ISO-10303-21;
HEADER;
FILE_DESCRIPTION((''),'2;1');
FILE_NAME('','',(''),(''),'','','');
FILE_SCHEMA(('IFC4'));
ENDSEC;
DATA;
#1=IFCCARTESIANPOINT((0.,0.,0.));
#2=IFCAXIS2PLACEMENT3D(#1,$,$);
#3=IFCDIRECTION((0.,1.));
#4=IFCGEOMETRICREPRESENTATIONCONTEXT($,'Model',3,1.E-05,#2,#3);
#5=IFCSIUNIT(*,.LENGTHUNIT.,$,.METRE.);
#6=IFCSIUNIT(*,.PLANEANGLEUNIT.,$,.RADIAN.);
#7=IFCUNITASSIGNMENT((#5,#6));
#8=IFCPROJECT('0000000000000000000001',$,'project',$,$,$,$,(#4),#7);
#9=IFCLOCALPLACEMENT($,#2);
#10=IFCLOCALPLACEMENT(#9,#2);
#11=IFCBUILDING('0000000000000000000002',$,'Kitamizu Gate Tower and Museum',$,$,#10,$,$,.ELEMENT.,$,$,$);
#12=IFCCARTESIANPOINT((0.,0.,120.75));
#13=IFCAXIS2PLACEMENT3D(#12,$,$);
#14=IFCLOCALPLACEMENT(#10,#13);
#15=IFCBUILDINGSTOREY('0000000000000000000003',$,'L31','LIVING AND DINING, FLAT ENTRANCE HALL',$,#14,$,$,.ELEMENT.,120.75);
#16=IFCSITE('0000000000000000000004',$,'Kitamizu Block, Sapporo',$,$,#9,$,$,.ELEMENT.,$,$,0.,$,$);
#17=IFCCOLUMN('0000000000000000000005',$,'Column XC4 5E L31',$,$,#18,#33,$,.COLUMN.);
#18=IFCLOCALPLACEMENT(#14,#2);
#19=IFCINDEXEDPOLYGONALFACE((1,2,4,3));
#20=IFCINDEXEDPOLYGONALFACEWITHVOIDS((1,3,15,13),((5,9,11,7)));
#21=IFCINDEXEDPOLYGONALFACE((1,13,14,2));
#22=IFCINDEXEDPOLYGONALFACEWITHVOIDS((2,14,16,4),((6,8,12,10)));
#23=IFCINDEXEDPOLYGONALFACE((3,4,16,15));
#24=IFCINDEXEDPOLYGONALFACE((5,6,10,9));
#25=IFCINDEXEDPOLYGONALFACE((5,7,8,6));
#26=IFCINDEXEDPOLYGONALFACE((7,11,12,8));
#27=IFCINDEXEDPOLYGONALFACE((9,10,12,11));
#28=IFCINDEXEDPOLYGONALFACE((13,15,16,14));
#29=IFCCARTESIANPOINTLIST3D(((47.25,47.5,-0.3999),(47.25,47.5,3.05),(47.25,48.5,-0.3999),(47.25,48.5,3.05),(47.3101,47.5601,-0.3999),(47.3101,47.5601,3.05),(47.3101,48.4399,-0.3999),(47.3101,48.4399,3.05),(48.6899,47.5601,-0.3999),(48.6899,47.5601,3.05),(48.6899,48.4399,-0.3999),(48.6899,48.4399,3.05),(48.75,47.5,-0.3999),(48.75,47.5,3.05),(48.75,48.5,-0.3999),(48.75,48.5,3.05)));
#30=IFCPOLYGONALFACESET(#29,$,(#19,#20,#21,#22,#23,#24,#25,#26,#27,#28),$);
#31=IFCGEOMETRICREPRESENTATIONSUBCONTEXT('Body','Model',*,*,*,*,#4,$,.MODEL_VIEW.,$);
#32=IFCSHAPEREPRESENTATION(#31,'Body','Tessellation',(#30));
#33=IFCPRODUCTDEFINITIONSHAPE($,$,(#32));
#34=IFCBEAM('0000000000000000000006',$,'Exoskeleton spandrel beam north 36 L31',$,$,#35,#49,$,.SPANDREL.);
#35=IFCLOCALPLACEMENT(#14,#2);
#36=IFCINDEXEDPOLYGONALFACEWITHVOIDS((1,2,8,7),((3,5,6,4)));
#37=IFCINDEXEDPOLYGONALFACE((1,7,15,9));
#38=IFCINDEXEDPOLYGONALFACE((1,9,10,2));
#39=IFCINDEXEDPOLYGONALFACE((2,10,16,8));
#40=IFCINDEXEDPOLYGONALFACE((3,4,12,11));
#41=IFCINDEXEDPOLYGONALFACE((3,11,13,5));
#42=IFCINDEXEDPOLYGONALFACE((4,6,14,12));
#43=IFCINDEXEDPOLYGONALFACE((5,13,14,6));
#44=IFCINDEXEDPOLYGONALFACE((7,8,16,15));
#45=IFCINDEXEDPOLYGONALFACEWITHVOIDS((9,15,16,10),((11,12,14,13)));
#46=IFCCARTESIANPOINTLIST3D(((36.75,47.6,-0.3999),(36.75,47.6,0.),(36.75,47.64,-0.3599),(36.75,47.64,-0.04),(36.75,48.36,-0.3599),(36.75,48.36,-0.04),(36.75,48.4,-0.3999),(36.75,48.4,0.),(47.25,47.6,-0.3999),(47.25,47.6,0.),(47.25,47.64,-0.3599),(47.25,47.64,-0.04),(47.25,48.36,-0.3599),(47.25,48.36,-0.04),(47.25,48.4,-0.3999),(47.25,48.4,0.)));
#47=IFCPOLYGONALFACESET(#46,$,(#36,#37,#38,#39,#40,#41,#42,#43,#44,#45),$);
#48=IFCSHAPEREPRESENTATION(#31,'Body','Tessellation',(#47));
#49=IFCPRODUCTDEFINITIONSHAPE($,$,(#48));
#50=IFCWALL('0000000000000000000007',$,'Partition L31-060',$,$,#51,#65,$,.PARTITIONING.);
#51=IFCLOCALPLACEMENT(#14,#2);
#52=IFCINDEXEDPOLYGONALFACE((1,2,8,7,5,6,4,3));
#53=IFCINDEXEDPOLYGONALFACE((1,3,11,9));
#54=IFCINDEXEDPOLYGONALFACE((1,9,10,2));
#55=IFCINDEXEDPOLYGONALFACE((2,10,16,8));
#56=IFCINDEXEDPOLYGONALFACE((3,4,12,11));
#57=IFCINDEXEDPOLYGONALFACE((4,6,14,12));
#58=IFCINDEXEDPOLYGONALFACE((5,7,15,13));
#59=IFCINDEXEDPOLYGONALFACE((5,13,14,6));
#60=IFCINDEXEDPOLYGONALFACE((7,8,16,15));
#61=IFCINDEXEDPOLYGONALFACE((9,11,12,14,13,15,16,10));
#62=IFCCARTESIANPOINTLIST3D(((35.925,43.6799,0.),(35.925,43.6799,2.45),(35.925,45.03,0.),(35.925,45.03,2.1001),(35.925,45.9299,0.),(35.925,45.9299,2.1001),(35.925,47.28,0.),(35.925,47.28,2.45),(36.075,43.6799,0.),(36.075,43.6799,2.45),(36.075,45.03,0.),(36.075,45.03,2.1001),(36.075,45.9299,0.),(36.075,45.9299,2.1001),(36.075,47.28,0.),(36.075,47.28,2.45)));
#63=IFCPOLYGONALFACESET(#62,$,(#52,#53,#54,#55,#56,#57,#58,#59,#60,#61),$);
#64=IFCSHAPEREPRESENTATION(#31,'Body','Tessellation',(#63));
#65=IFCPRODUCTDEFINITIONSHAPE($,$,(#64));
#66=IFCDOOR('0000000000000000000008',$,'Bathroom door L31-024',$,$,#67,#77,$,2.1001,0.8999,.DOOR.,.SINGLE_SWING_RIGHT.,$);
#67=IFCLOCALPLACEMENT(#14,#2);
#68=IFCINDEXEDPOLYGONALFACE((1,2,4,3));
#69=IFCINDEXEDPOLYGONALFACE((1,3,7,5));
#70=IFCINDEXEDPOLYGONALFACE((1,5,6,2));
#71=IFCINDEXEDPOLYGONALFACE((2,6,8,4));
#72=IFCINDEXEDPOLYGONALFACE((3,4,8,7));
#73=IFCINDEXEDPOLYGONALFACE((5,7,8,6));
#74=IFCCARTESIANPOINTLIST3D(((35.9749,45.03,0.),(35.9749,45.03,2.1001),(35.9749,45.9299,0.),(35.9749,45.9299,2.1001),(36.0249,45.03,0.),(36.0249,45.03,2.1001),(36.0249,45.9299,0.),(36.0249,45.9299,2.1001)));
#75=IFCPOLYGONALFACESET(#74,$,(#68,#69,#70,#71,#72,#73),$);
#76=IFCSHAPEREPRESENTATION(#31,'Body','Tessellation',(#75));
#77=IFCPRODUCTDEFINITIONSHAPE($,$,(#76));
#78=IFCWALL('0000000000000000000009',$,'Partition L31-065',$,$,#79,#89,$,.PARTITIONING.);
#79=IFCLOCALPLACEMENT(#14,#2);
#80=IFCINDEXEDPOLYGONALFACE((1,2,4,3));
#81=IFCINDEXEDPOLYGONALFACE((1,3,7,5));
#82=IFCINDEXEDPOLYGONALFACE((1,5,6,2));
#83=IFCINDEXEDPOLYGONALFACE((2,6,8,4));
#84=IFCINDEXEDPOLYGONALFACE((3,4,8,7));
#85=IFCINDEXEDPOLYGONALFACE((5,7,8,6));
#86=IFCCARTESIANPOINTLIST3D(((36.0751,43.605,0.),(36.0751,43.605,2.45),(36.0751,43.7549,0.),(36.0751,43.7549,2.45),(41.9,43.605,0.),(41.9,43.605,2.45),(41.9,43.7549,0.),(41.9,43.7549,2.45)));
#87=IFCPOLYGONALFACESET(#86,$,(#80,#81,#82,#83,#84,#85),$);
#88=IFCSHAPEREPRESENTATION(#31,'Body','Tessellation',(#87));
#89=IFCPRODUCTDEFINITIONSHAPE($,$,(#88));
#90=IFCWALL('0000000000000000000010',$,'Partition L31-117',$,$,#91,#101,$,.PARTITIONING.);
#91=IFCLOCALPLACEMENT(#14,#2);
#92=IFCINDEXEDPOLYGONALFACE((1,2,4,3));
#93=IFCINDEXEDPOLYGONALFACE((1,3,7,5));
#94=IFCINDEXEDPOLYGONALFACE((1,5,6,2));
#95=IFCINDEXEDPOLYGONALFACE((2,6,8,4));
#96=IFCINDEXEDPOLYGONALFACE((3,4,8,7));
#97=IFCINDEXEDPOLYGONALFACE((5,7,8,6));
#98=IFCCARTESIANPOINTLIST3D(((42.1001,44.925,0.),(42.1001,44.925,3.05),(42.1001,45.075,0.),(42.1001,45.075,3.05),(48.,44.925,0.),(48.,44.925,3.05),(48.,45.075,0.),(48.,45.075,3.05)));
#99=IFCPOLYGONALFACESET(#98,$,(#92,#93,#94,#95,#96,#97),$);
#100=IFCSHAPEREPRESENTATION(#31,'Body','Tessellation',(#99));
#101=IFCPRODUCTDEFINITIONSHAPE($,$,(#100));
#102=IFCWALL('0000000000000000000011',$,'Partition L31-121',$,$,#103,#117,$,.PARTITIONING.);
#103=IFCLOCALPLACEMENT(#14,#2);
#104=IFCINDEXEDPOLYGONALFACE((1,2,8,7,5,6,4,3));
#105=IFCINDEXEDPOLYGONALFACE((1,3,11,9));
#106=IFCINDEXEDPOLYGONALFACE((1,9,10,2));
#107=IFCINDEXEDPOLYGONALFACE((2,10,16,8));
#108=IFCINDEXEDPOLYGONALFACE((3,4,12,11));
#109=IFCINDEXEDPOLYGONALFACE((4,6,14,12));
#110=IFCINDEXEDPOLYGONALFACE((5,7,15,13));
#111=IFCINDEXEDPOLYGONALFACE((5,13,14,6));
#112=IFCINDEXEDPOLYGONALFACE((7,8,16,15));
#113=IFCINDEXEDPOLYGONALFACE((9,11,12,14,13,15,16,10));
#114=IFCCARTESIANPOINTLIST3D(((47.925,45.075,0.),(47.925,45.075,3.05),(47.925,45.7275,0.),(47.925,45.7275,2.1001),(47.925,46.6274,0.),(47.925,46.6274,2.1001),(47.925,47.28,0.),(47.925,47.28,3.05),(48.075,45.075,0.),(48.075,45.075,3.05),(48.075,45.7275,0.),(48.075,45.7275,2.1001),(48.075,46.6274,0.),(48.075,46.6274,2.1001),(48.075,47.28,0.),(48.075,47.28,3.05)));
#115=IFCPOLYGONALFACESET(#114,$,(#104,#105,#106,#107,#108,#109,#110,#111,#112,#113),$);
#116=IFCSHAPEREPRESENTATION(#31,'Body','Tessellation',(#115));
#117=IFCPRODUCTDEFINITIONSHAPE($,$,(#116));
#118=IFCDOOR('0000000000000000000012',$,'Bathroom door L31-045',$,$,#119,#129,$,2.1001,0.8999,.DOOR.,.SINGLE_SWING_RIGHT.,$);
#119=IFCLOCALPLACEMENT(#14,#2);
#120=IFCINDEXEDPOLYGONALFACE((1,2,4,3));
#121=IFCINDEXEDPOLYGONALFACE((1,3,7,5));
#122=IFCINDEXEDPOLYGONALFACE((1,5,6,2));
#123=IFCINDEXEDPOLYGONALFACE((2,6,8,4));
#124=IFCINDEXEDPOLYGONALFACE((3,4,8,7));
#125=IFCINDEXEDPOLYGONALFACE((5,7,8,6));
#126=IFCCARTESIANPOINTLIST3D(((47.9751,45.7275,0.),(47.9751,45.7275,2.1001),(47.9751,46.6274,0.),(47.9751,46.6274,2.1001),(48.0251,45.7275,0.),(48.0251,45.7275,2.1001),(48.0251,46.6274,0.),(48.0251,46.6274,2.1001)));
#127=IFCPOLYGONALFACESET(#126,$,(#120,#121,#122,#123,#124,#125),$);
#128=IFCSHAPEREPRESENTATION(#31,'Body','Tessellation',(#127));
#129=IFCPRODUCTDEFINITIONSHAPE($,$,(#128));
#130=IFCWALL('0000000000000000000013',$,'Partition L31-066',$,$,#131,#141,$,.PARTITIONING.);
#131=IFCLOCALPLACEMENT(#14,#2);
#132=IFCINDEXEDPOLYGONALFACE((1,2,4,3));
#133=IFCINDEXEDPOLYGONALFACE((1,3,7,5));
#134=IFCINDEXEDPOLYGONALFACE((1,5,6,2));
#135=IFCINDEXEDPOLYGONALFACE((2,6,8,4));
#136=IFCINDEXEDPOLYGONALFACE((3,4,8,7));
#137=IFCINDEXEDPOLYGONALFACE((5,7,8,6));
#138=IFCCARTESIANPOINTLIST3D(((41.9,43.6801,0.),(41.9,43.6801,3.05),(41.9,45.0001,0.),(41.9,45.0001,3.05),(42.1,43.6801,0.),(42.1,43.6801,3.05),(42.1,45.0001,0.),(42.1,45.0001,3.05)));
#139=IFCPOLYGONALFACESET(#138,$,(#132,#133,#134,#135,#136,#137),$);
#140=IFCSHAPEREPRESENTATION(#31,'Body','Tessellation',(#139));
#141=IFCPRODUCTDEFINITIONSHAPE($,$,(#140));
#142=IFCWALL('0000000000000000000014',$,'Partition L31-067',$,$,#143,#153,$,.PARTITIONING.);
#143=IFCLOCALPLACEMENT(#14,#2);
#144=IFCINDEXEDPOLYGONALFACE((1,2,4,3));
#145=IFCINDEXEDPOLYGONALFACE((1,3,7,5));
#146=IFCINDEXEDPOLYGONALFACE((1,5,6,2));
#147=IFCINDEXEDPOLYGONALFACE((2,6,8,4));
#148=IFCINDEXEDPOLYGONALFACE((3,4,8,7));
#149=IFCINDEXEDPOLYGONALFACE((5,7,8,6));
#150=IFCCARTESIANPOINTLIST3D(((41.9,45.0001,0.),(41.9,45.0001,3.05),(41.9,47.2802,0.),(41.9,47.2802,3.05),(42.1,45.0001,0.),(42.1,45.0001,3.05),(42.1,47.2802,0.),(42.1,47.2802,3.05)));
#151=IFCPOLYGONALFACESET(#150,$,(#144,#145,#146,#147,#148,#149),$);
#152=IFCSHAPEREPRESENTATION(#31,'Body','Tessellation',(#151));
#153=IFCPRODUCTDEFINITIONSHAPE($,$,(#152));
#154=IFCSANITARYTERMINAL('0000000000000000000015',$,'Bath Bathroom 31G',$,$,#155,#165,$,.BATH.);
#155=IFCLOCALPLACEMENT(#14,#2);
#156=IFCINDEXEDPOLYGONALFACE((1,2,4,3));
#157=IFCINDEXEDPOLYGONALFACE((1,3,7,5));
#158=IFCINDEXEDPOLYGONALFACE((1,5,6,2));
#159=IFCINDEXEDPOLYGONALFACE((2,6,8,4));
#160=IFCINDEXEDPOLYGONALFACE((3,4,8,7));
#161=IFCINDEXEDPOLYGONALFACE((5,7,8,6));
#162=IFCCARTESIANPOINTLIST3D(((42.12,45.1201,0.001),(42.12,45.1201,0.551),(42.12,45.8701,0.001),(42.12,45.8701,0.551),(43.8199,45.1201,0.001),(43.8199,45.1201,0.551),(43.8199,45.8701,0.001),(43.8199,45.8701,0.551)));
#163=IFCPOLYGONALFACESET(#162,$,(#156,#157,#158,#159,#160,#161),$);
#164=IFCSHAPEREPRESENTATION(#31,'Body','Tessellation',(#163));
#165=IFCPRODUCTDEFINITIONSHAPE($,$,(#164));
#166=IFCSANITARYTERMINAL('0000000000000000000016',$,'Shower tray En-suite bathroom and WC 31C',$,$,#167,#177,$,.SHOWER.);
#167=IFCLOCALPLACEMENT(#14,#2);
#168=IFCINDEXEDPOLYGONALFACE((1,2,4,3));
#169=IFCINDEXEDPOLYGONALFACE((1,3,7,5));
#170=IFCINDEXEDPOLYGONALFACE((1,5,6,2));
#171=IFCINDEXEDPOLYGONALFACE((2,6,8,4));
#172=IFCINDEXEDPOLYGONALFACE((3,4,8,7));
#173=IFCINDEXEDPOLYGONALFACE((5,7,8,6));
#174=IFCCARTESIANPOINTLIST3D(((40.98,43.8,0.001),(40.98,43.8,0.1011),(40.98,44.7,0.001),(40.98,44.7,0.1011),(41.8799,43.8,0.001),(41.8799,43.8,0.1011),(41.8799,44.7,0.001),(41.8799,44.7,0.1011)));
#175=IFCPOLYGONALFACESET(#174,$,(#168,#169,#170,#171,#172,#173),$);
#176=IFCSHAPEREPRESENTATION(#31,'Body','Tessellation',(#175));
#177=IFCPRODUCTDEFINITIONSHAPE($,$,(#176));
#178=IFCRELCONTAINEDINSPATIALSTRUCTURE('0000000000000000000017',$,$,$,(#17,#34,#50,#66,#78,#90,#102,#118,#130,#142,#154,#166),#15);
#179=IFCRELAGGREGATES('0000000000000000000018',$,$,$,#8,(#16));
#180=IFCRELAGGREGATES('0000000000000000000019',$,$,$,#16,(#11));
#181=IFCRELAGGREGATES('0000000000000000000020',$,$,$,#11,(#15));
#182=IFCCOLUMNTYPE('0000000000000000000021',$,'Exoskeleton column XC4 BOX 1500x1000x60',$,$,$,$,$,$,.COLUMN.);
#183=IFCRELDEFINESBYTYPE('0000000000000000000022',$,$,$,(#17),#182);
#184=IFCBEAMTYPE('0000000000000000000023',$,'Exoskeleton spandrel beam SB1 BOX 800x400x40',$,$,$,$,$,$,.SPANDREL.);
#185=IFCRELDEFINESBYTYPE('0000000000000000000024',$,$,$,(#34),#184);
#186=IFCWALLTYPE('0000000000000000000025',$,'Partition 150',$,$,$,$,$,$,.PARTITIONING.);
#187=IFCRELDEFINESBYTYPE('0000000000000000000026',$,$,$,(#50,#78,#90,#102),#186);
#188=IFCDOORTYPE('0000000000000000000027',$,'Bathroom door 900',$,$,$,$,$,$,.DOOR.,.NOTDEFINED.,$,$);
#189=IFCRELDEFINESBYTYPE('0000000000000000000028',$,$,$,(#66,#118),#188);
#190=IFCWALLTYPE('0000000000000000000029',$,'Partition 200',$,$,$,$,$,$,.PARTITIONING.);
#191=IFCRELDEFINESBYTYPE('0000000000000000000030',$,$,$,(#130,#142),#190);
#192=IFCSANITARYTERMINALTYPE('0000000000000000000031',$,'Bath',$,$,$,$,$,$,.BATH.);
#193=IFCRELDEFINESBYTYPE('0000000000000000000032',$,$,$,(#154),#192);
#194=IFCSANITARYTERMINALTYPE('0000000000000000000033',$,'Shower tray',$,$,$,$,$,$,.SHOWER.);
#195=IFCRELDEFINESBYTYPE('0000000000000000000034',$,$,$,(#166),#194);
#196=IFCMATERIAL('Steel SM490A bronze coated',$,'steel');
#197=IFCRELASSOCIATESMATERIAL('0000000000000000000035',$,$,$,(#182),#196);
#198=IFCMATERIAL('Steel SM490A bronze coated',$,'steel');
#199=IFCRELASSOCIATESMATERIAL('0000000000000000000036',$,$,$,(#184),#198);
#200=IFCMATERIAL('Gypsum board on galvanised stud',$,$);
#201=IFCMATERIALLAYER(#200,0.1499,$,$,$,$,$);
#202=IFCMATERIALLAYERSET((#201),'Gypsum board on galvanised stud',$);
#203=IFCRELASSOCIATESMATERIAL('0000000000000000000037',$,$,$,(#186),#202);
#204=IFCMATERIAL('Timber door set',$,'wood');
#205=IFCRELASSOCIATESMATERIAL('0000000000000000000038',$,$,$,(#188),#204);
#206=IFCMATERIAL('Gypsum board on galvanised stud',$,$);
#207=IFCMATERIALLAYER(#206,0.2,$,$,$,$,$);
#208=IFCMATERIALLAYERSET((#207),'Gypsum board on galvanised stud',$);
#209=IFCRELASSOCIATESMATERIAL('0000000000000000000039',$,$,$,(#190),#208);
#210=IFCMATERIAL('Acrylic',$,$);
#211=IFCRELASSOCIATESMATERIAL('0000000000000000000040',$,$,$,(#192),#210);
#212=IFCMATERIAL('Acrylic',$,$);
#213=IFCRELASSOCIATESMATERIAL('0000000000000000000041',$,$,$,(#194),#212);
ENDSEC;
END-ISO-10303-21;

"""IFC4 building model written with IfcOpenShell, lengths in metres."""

from ifc_helpers import new_model, si_unit, direction, frame, frame_2d, origin, origin_2d, place, context, subcontext, project, spatial, rectangle, hollow_rectangle, extrude, material, layer, layer_set, material_profile, profile_set, type_object, element, fill, save


model = new_model("IFC4")

# Units and contexts
model_context = context("Model", 3, precision=1e-05, world=origin(), true_north=direction((0.0, 1.0)))
body_context = subcontext(model_context, "Body", "Model", "MODEL_VIEW")
ifc_project = project(units=[si_unit("LENGTHUNIT", "METRE"), si_unit("PLANEANGLEUNIT", "RADIAN")], contexts=[model_context])

# Site, building, storey
site_placement = place(None, origin())
site = spatial("IfcSite", under=ifc_project, at=site_placement, Name="Kitamizu Block, Sapporo", CompositionType="ELEMENT", RefElevation=0.0)
building_placement = place(site_placement, origin())
building = spatial("IfcBuilding", under=site, at=building_placement, Name="Kitamizu Gate Tower and Museum", CompositionType="ELEMENT")
storey_placement = place(building_placement, frame((0.0, 0.0, 120.75)))
storey = spatial("IfcBuildingStorey", under=building, at=storey_placement, Name="L31", Description="LIVING AND DINING, FLAT ENTRANCE HALL", CompositionType="ELEMENT", Elevation=120.75)

# Column
ifc_material_1 = material(Name="Steel SM490A bronze coated", Category="steel")
ifc_material_profile_1 = material_profile(ifc_material_1, hollow_rectangle(XDim=1.5, YDim=1.0, WallThickness=0.0601, at=origin_2d()), Name="BOX 1500x1000x60")
ifc_profile_set_1 = profile_set([ifc_material_profile_1], Name="Steel SM490A bronze coated")
column_type = type_object("IfcColumnType", Name="Exoskeleton column XC4 BOX 1500x1000x60", PredefinedType="COLUMN", material=ifc_profile_set_1)
column_placement = place(storey_placement, frame((48.0, 48.0, -0.3999), z_axis=(0.0, 0.0, 1.0), x_axis=(1.0, 0.0, 0.0)))
element("IfcColumn", 1, at=column_placement, inside=storey, type_object=column_type, Name="Column XC4 5E L31", PredefinedType="COLUMN", context=body_context, shape_type="SweptSolid", body=[
    extrude(hollow_rectangle(XDim=1.5, YDim=1.0, WallThickness=0.0601, at=origin_2d()), origin(), (0.0, 0.0, 1.0), 3.45),
])

# Beam
ifc_material_2 = material(Name="Steel SM490A bronze coated", Category="steel")
ifc_material_profile_2 = material_profile(ifc_material_2, hollow_rectangle(XDim=0.8, YDim=0.3999, WallThickness=0.04, at=origin_2d()), Name="BOX 800x400x40")
ifc_profile_set_2 = profile_set([ifc_material_profile_2], Name="Steel SM490A bronze coated")
beam_type = type_object("IfcBeamType", Name="Exoskeleton spandrel beam SB1 BOX 800x400x40", PredefinedType="SPANDREL", material=ifc_profile_set_2)
beam_placement = place(storey_placement, frame((36.75, 48.0, -0.2), z_axis=(1.0, 0.0, 0.0), x_axis=(0.0, 1.0, 0.0)))
element("IfcBeam", 2, at=beam_placement, inside=storey, type_object=beam_type, Name="Exoskeleton spandrel beam north 36 L31", PredefinedType="SPANDREL", context=body_context, shape_type="SweptSolid", body=[
    extrude(hollow_rectangle(XDim=0.8, YDim=0.3999, WallThickness=0.04, at=origin_2d()), origin(), (0.0, 0.0, 1.0), 10.5),
])

# Wall, opening, door
ifc_material_3 = material(Name="Gypsum board on galvanised stud")
ifc_layer_1 = layer(ifc_material_3, 0.1499)
ifc_layer_set_1 = layer_set([ifc_layer_1], Name="Gypsum board on galvanised stud")
wall_type_1 = type_object("IfcWallType", Name="Partition 150", PredefinedType="PARTITIONING", material=ifc_layer_set_1)
wall_1_placement = place(storey_placement, frame((36.0, 43.6799, 0.0), z_axis=(0.0, 0.0, 1.0), x_axis=(0.0, 1.0, 0.0)))
wall_1 = element("IfcWall", 3, at=wall_1_placement, inside=storey, type_object=wall_type_1, Name="Partition L31-060", PredefinedType="PARTITIONING", context=body_context, shape_type="SweptSolid", body=[
    extrude(rectangle(XDim=3.6001, YDim=0.1499, at=frame_2d((1.8, 0.0))), origin(), (0.0, 0.0, 1.0), 2.45),
])
opening_1_placement = place(wall_1_placement, frame((1.3501, 0.0, 0.0)))
opening_1 = element("IfcOpeningElement", 4, at=opening_1_placement, cuts=wall_1, PredefinedType="OPENING", context=body_context, shape_type="SweptSolid", body=[
    extrude(rectangle(XDim=0.8999, YDim=2.1001, at=frame_2d((0.45, 1.05))), frame((0.0, 0.085, 0.0), z_axis=(0.0, -1.0, 0.0), x_axis=(1.0, 0.0, 0.0)), (0.0, 0.0, 1.0), 0.1699),
])
ifc_material_4 = material(Name="Timber door set", Category="wood")
door_type = type_object("IfcDoorType", Name="Bathroom door 900", OperationType="NOTDEFINED", PredefinedType="DOOR", material=ifc_material_4)
door_1_placement = place(opening_1_placement, frame((0.8999, 0.0, 0.0), x_axis=(-1.0, 0.0, 0.0)))
door_1 = element("IfcDoor", 5, at=door_1_placement, inside=storey, type_object=door_type, Name="Bathroom door L31-024", OperationType="SINGLE_SWING_RIGHT", OverallHeight=2.1001, OverallWidth=0.8999, PredefinedType="DOOR", context=body_context, shape_type="SweptSolid", body=[
    extrude(rectangle(XDim=0.8999, YDim=2.1001, at=frame_2d((0.45, 1.05))), frame((0.0, 0.0249, 0.0), z_axis=(0.0, -1.0, 0.0), x_axis=(1.0, 0.0, 0.0)), (0.0, 0.0, 1.0), 0.05),
])
fill(opening_1, door_1)

# Walls
wall_2_placement = place(storey_placement, frame((36.075, 43.6799, 0.0), z_axis=(0.0, 0.0, 1.0), x_axis=(1.0, 0.0, 0.0)))
element("IfcWall", 6, at=wall_2_placement, inside=storey, type_object=wall_type_1, Name="Partition L31-065", PredefinedType="PARTITIONING", context=body_context, shape_type="SweptSolid", body=[
    extrude(rectangle(XDim=5.825, YDim=0.1499, at=frame_2d((2.9126, 0.0))), origin(), (0.0, 0.0, 1.0), 2.45),
])
wall_3_placement = place(storey_placement, frame((48.0, 45.0, 0.0), z_axis=(0.0, 0.0, 1.0), x_axis=(-1.0, 0.0, 0.0)))
element("IfcWall", 7, at=wall_3_placement, inside=storey, type_object=wall_type_1, Name="Partition L31-117", PredefinedType="PARTITIONING", context=body_context, shape_type="SweptSolid", body=[
    extrude(rectangle(XDim=5.8999, YDim=0.1499, at=frame_2d((2.95, 0.0))), origin(), (0.0, 0.0, 1.0), 3.05),
])

# Wall, opening, door
wall_4_placement = place(storey_placement, frame((48.0, 45.075, 0.0), z_axis=(0.0, 0.0, 1.0), x_axis=(0.0, 1.0, 0.0)))
wall_4 = element("IfcWall", 8, at=wall_4_placement, inside=storey, type_object=wall_type_1, Name="Partition L31-121", PredefinedType="PARTITIONING", context=body_context, shape_type="SweptSolid", body=[
    extrude(rectangle(XDim=2.2051, YDim=0.1499, at=frame_2d((1.1025, 0.0))), origin(), (0.0, 0.0, 1.0), 3.05),
])
opening_2_placement = place(wall_4_placement, frame((0.6526, 0.0, 0.0)))
opening_2 = element("IfcOpeningElement", 9, at=opening_2_placement, cuts=wall_4, PredefinedType="OPENING", context=body_context, shape_type="SweptSolid", body=[
    extrude(rectangle(XDim=0.8999, YDim=2.1001, at=frame_2d((0.45, 1.05))), frame((0.0, 0.085, 0.0), z_axis=(0.0, -1.0, 0.0), x_axis=(1.0, 0.0, 0.0)), (0.0, 0.0, 1.0), 0.1699),
])
door_2_placement = place(opening_2_placement, origin())
door_2 = element("IfcDoor", 10, at=door_2_placement, inside=storey, type_object=door_type, Name="Bathroom door L31-045", OperationType="SINGLE_SWING_RIGHT", OverallHeight=2.1001, OverallWidth=0.8999, PredefinedType="DOOR", context=body_context, shape_type="SweptSolid", body=[
    extrude(rectangle(XDim=0.8999, YDim=2.1001, at=frame_2d((0.45, 1.05))), frame((0.0, 0.0249, 0.0), z_axis=(0.0, -1.0, 0.0), x_axis=(1.0, 0.0, 0.0)), (0.0, 0.0, 1.0), 0.05),
])
fill(opening_2, door_2)

# Walls
ifc_material_5 = material(Name="Gypsum board on galvanised stud")
ifc_layer_2 = layer(ifc_material_5, 0.2)
ifc_layer_set_2 = layer_set([ifc_layer_2], Name="Gypsum board on galvanised stud")
wall_type_2 = type_object("IfcWallType", Name="Partition 200", PredefinedType="PARTITIONING", material=ifc_layer_set_2)
wall_5_placement = place(storey_placement, frame((42.0, 43.6799, 0.0), z_axis=(0.0, 0.0, 1.0), x_axis=(0.0, 1.0, 0.0)))
element("IfcWall", 11, at=wall_5_placement, inside=storey, type_object=wall_type_2, Name="Partition L31-066", PredefinedType="PARTITIONING", context=body_context, shape_type="SweptSolid", body=[
    extrude(rectangle(XDim=1.3201, YDim=0.2, at=frame_2d((0.6602, 0.0))), origin(), (0.0, 0.0, 1.0), 3.05),
])
wall_6_placement = place(storey_placement, frame((42.0, 45.0, 0.0), z_axis=(0.0, 0.0, 1.0), x_axis=(0.0, 1.0, 0.0)))
element("IfcWall", 12, at=wall_6_placement, inside=storey, type_object=wall_type_2, Name="Partition L31-067", PredefinedType="PARTITIONING", context=body_context, shape_type="SweptSolid", body=[
    extrude(rectangle(XDim=2.28, YDim=0.2, at=frame_2d((1.1401, 0.0))), origin(), (0.0, 0.0, 1.0), 3.05),
])

# Sanitary terminals
ifc_material_6 = material(Name="Acrylic")
sanitary_terminal_type_1 = type_object("IfcSanitaryTerminalType", Name="Bath", PredefinedType="BATH", material=ifc_material_6)
sanitary_terminal_placement = place(storey_placement, frame((42.97, 45.4951, 0.001), z_axis=(0.0, 0.0, 1.0), x_axis=(1.0, 0.0, 0.0)))
element("IfcSanitaryTerminal", 13, at=sanitary_terminal_placement, inside=storey, type_object=sanitary_terminal_type_1, Name="Bath Bathroom 31G", PredefinedType="BATH", context=body_context, shape_type="SweptSolid", body=[
    extrude(rectangle(XDim=1.7, YDim=0.75, at=origin_2d()), origin(), (0.0, 0.0, 1.0), 0.55),
])
ifc_material_7 = material(Name="Acrylic")
sanitary_terminal_type_2 = type_object("IfcSanitaryTerminalType", Name="Shower tray", PredefinedType="SHOWER", material=ifc_material_7)
for number, where, z_axis, x_axis, name in (
    (14, (41.4299, 44.25, 0.001), (0.0, 0.0, 1.0), (1.0, 0.0, 0.0), "Shower tray En-suite bathroom and WC 31C"),
):
    element("IfcSanitaryTerminal", number, at=place(storey_placement, frame(where, z_axis=z_axis, x_axis=x_axis)), inside=storey, type_object=sanitary_terminal_type_2, Name=name, PredefinedType="SHOWER", context=body_context, shape_type="SweptSolid", body=[
        extrude(rectangle(XDim=0.8999, YDim=0.8999, at=origin_2d()), origin(), (0.0, 0.0, 1.0), 0.1001),
    ])

save(model, "model.ifc")
